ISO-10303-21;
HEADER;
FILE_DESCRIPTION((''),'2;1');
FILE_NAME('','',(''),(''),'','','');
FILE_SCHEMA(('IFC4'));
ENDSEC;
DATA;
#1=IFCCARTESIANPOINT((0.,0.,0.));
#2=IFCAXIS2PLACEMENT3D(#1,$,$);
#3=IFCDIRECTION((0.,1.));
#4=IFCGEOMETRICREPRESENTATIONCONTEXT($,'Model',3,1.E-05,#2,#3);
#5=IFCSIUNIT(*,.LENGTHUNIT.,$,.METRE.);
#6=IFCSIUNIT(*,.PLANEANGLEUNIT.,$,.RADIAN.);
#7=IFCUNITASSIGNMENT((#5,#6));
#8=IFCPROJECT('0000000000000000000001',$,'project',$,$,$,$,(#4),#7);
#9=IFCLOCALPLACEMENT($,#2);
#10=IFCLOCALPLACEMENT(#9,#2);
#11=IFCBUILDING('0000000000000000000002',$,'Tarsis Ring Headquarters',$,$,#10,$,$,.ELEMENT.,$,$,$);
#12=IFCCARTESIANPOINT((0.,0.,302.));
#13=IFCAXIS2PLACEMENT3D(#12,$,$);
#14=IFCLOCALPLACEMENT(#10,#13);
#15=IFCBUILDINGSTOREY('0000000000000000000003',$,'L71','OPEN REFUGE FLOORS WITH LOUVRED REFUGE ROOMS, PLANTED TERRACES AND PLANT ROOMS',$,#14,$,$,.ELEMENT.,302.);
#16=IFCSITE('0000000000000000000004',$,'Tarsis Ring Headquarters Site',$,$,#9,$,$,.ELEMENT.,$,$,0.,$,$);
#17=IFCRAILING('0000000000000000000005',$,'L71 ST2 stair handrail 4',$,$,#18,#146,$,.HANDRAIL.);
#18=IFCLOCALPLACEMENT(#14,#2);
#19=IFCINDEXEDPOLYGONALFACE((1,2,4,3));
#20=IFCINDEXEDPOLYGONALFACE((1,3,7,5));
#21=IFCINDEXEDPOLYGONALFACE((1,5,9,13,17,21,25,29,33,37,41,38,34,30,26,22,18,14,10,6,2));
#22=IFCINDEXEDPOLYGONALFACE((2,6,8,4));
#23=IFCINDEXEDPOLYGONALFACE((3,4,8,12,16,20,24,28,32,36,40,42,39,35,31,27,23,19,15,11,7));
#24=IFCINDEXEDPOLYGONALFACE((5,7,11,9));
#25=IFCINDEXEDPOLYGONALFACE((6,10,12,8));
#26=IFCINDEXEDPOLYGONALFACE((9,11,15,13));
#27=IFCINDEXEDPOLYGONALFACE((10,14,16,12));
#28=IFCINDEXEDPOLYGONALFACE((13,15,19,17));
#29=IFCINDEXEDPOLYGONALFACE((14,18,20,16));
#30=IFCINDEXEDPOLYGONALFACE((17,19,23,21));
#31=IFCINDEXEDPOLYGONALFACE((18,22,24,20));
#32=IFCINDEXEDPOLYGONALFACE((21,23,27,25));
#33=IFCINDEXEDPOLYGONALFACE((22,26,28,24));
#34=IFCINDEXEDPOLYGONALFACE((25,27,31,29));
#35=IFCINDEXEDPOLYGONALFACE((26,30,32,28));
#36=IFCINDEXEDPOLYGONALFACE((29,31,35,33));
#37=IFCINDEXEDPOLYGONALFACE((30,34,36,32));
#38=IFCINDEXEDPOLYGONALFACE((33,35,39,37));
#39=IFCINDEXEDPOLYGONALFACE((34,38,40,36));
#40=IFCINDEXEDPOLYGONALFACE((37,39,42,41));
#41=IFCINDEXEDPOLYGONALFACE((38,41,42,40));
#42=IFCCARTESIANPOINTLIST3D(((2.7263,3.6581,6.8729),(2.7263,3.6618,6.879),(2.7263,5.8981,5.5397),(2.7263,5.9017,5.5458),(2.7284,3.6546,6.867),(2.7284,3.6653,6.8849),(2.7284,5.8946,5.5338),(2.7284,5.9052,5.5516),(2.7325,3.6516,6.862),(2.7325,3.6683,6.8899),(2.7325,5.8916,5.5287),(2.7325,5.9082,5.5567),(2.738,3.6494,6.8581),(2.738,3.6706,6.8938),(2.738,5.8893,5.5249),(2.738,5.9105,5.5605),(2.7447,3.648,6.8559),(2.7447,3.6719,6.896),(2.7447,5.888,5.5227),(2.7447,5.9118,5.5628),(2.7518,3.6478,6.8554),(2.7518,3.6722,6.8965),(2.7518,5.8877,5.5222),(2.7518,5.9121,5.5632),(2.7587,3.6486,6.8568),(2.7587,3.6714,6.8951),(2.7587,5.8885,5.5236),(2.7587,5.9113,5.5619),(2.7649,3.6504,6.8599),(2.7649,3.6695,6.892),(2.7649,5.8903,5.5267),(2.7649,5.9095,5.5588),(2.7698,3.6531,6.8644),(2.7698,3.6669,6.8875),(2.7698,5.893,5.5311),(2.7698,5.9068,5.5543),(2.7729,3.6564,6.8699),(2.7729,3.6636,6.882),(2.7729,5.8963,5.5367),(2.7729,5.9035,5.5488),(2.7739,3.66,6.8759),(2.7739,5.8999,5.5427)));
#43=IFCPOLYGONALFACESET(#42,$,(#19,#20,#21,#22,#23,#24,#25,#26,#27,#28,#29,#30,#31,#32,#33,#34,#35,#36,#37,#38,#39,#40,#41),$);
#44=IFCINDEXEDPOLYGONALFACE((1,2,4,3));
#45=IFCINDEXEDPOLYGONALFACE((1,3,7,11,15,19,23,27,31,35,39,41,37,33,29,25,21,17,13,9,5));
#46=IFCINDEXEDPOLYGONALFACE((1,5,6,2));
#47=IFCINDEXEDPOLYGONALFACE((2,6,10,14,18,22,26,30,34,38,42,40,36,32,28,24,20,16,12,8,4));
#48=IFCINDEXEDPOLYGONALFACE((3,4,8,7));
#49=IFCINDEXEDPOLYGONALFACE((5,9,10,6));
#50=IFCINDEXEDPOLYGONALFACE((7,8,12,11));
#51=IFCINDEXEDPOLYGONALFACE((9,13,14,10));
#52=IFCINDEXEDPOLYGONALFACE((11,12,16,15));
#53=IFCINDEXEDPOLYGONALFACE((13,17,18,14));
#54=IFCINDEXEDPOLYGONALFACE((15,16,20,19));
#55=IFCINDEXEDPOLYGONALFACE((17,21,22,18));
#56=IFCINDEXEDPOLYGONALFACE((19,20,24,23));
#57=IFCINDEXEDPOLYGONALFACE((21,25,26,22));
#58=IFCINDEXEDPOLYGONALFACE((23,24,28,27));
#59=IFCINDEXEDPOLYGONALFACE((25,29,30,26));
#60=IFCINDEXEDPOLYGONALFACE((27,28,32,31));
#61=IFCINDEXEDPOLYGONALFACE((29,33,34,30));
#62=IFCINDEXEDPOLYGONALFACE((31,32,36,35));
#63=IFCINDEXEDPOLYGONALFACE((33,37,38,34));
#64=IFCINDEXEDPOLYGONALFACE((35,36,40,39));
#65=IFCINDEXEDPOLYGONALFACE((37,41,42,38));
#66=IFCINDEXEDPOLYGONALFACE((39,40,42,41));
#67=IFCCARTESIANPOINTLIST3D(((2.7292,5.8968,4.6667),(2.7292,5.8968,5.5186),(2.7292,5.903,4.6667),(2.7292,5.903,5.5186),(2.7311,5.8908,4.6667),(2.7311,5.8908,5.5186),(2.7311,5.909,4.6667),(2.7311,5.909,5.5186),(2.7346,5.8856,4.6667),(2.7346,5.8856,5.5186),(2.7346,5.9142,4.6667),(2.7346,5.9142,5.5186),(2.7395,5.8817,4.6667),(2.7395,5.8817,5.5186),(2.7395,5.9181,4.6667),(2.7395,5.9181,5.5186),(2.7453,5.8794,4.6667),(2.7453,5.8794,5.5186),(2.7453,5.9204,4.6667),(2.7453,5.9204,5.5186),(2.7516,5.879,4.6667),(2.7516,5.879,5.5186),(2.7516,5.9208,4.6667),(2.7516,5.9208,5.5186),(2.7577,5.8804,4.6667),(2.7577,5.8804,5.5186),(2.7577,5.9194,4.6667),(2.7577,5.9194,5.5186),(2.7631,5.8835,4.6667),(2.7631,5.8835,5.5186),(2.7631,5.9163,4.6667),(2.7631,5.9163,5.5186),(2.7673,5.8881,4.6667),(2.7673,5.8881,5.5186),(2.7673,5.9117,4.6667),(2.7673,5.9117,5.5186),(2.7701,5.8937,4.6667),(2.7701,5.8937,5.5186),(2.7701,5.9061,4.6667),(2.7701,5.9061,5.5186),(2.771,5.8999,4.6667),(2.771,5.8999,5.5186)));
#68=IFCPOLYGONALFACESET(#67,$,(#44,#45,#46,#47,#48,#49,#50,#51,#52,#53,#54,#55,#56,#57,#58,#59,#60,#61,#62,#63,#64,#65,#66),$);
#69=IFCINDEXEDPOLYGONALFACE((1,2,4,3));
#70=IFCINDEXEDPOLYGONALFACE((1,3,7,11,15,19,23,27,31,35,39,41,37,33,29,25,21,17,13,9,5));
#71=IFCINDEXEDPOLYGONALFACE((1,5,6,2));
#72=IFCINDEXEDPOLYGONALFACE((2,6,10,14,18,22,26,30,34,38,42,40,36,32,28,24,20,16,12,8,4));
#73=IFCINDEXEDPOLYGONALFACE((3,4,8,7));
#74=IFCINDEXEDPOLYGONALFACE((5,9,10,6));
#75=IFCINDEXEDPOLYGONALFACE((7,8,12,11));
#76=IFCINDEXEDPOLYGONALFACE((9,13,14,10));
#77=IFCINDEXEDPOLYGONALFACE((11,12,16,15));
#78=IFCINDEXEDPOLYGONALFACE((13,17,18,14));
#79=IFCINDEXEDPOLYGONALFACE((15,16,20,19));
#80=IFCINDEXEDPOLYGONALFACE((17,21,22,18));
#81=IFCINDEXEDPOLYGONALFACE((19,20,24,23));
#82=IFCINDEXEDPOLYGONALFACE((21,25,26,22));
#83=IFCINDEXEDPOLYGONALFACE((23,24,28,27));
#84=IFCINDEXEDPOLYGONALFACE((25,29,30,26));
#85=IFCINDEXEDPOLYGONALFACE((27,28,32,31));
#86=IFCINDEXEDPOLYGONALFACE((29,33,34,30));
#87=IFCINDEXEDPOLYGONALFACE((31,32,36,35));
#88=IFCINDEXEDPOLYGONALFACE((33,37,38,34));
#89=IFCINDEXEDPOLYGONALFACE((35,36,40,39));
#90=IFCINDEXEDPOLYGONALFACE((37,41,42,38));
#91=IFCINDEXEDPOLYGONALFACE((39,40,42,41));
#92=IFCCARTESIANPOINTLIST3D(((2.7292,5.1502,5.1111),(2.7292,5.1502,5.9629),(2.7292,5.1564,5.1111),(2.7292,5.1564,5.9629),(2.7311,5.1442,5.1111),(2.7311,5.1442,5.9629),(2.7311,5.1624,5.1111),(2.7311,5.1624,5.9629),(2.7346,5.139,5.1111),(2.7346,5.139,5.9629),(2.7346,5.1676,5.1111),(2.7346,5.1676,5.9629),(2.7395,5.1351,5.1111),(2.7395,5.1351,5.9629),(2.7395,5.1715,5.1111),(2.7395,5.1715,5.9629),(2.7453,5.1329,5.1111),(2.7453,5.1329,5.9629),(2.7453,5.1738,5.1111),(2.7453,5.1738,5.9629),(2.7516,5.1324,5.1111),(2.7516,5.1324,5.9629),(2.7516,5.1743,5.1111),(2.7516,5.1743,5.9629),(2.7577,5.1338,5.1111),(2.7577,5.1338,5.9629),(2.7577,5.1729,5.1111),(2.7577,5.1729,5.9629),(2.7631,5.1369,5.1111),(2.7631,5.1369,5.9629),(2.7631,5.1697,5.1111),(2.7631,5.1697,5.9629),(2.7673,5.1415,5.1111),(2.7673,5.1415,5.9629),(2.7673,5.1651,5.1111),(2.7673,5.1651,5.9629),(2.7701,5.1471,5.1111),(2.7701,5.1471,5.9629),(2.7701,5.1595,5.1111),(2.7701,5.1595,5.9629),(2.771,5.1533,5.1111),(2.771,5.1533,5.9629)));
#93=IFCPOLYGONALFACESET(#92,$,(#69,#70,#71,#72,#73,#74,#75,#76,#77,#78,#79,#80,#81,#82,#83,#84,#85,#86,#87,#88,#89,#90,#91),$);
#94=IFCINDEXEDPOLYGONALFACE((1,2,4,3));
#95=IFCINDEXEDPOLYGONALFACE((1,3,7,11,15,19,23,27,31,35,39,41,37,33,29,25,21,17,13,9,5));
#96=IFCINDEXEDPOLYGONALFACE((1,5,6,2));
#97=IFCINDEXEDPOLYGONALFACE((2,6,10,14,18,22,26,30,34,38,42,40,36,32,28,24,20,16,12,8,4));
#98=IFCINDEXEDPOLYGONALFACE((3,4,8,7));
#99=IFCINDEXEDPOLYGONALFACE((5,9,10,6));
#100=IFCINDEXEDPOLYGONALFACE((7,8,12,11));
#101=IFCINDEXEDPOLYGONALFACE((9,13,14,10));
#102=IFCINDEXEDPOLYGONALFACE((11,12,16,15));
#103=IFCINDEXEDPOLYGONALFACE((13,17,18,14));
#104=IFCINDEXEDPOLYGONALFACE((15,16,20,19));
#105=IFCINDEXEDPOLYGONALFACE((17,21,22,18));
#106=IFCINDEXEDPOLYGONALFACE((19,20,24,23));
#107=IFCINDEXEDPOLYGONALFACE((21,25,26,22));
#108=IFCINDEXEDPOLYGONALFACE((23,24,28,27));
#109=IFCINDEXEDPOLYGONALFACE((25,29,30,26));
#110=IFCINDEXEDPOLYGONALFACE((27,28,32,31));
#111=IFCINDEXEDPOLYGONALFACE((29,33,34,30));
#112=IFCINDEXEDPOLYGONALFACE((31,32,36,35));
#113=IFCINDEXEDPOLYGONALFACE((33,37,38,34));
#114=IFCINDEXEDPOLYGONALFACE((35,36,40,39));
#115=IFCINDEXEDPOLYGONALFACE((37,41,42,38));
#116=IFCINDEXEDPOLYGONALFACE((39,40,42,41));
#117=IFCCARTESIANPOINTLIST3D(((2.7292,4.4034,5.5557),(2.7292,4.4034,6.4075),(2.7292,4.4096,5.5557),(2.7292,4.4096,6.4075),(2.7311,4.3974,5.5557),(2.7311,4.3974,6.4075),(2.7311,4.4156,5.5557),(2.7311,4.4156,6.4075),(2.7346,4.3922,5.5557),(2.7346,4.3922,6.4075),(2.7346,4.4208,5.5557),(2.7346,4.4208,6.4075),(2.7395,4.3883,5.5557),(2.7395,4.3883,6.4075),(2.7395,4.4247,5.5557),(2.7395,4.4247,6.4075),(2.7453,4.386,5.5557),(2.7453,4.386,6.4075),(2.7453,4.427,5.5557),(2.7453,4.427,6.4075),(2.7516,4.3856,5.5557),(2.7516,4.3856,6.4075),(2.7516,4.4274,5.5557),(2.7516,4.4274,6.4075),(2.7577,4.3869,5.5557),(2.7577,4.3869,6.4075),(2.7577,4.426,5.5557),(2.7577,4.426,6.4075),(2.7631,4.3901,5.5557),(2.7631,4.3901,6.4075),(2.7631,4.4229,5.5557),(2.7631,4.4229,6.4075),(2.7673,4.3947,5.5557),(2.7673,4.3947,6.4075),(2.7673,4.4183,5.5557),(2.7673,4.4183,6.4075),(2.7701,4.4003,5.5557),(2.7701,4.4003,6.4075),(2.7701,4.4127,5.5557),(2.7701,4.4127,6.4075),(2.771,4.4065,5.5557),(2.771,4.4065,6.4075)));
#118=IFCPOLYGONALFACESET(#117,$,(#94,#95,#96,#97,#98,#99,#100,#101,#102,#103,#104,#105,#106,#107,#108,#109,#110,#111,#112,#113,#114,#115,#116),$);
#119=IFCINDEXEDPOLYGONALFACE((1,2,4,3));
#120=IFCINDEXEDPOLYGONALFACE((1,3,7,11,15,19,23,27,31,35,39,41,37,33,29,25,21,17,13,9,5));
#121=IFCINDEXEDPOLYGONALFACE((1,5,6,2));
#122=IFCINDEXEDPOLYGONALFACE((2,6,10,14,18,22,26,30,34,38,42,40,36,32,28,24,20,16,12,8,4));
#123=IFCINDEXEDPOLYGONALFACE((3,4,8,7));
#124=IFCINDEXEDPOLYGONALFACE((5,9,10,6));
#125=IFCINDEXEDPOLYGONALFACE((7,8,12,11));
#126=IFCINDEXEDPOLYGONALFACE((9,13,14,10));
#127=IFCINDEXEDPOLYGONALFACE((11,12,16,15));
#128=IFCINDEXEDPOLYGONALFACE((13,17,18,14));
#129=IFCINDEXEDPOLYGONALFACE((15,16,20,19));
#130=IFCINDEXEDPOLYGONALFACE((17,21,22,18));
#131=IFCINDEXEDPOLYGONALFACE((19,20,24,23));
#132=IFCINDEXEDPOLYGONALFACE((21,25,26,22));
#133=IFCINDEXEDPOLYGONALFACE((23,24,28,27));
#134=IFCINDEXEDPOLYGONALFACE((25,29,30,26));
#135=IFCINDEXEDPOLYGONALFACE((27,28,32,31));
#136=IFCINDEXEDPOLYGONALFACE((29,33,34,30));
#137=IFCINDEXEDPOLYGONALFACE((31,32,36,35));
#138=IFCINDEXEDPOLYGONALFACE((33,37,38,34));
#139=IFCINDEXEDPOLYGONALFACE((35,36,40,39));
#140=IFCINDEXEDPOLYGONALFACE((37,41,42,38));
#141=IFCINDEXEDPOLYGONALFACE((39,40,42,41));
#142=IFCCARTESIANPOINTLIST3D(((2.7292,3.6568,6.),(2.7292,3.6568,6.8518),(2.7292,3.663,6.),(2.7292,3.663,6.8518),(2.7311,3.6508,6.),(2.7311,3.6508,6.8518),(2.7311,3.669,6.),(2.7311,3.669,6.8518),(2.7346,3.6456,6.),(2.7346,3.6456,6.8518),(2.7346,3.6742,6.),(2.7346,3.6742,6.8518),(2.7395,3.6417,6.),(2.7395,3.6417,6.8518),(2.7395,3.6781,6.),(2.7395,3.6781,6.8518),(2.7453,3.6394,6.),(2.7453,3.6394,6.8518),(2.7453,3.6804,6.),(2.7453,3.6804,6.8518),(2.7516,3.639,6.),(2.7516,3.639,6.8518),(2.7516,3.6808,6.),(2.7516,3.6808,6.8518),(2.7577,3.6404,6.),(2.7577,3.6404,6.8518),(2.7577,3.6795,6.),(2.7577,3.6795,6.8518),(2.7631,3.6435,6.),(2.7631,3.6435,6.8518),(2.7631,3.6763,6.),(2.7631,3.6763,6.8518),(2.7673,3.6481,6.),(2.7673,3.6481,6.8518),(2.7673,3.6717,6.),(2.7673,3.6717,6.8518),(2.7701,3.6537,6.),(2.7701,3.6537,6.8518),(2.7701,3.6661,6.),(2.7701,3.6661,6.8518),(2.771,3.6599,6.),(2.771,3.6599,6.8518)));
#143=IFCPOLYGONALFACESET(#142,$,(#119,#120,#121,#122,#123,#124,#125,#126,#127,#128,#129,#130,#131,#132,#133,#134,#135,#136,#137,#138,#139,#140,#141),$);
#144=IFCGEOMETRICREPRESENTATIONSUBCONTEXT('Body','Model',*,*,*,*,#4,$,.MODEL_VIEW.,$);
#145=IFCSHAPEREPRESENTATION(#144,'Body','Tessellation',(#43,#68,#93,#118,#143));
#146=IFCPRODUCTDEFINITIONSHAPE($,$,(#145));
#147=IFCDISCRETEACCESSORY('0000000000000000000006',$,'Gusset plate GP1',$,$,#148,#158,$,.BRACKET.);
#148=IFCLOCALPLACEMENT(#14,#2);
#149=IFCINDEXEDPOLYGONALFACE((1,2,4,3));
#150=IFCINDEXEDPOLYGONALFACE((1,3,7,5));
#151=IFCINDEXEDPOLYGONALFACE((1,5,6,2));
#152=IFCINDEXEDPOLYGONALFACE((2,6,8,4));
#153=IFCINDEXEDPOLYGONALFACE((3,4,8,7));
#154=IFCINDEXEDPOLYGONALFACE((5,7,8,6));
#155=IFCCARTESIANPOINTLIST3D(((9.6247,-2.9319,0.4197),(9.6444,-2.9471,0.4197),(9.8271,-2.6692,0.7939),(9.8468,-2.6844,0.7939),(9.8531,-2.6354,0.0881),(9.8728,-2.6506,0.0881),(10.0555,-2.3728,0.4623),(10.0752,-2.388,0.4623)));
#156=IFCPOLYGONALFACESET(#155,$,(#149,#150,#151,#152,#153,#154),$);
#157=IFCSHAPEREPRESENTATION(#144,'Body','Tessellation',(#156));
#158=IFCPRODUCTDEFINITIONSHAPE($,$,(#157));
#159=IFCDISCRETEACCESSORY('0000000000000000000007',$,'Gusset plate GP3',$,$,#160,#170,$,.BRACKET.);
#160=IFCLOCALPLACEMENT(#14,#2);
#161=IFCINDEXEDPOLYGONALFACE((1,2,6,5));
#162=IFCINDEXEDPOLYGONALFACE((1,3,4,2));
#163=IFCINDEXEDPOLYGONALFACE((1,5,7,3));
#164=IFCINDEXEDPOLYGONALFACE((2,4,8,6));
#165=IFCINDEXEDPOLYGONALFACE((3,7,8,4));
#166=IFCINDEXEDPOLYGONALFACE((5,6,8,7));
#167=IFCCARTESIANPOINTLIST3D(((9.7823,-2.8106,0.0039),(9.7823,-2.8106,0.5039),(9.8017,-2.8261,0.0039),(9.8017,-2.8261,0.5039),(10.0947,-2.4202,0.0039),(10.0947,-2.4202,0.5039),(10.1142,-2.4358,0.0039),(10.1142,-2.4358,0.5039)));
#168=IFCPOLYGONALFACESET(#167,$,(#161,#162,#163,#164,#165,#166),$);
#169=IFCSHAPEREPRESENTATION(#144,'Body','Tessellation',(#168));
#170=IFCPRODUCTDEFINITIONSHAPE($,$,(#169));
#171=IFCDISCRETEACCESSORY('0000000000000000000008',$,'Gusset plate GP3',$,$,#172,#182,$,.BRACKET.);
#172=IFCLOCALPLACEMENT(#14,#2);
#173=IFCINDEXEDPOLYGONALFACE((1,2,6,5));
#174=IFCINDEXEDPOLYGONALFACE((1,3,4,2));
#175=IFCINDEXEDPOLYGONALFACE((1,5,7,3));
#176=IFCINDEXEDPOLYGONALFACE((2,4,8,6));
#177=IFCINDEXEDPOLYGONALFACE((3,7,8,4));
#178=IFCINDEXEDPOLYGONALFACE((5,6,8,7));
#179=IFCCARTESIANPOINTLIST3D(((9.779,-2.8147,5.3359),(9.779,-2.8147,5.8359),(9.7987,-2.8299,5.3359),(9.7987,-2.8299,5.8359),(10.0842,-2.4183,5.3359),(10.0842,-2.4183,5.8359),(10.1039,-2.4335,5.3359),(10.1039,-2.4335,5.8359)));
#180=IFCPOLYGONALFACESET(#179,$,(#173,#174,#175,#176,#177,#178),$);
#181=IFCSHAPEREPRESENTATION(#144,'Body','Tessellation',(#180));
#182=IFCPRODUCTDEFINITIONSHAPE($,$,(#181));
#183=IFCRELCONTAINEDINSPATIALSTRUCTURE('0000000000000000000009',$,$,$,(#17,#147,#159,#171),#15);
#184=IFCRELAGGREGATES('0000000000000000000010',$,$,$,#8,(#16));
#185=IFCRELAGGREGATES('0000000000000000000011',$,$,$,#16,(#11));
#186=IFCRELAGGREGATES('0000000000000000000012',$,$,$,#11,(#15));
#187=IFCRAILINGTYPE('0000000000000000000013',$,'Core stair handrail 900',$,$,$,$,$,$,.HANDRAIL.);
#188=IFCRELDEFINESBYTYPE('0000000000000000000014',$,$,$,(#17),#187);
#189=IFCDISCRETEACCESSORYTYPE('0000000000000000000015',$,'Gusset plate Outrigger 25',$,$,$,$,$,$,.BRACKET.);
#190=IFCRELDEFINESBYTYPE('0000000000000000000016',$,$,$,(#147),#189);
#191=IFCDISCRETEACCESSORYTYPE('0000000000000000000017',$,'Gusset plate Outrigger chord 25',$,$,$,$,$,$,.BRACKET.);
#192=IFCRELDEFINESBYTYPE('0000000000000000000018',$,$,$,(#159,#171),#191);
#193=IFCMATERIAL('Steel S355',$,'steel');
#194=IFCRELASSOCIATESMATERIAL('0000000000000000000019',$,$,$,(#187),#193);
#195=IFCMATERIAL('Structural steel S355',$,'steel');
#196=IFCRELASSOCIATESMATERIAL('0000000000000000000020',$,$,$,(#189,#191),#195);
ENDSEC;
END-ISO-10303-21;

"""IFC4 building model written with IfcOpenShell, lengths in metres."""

from ifc_helpers import new_model, si_unit, direction, frame, origin, origin_2d, place, context, subcontext, project, spatial, rectangle, circle, extrude, material, material_profile, profile_set, type_object, element, save


model = new_model("IFC4")

# Units and contexts
model_context = context("Model", 3, precision=1e-05, world=origin(), true_north=direction((0.0, 1.0)))
body_context = subcontext(model_context, "Body", "Model", "MODEL_VIEW")
ifc_project = project(units=[si_unit("LENGTHUNIT", "METRE"), si_unit("PLANEANGLEUNIT", "RADIAN")], contexts=[model_context])

# Site, building, storey
site_placement = place(None, origin())
site = spatial("IfcSite", under=ifc_project, at=site_placement, Name="Tarsis Ring Headquarters Site", CompositionType="ELEMENT", RefElevation=0.0)
building_placement = place(site_placement, origin())
building = spatial("IfcBuilding", under=site, at=building_placement, Name="Tarsis Ring Headquarters", CompositionType="ELEMENT")
storey_placement = place(building_placement, frame((0.0, 0.0, 302.0)))
storey = spatial("IfcBuildingStorey", under=building, at=storey_placement, Name="L71", Description="OPEN REFUGE FLOORS WITH LOUVRED REFUGE ROOMS, PLANTED TERRACES AND PLANT ROOMS", CompositionType="ELEMENT", Elevation=302.0)

# Shared definitions
ifc_material_1 = material(Name="Structural steel S355", Category="steel")

# Railing
ifc_material_2 = material(Name="Steel S355", Category="steel")
railing_type_1 = type_object("IfcRailingType", Name="Core stair handrail 900", PredefinedType="HANDRAIL", material=ifc_material_2)
railing_1_placement = place(storey_placement, frame((2.75, 5.8999, 4.6667)))
element("IfcRailing", 1, at=railing_1_placement, inside=storey, type_object=railing_type_1, Name="L71 ST2 stair handrail 4", PredefinedType="HANDRAIL", context=body_context, shape_type="SweptSolid", body=[
    extrude(circle(Radius=0.0239, at=origin_2d()), frame((0.0, 0.0, 0.876), z_axis=(0.0, -0.859306, 0.511462), x_axis=(1.0, 0.0, 0.0)), (0.0, 0.0, 1.0), 2.6067),
    extrude(circle(Radius=0.021, at=origin_2d()), origin(), (0.0, 0.0, 1.0), 0.8518),
    extrude(circle(Radius=0.021, at=origin_2d()), frame((0.0, -0.7466, 0.4443)), (0.0, 0.0, 1.0), 0.8518),
    extrude(circle(Radius=0.021, at=origin_2d()), frame((0.0, -1.4934, 0.8889)), (0.0, 0.0, 1.0), 0.8518),
    extrude(circle(Radius=0.021, at=origin_2d()), frame((0.0, -2.24, 1.3333)), (0.0, 0.0, 1.0), 0.8518),
])

# Discrete accessories
ifc_material_profile_1 = material_profile(ifc_material_1, rectangle(XDim=0.0249, YDim=0.5, at=origin_2d()), Name="PL 25x500")
ifc_profile_set_1 = profile_set([ifc_material_profile_1], Name="Structural steel S355")
discrete_accessory_type_1 = type_object("IfcDiscreteAccessoryType", Name="Gusset plate Outrigger 25", PredefinedType="BRACKET", material=ifc_profile_set_1)
discrete_accessory_1_placement = place(storey_placement, frame((9.7488, -2.7913, 0.2539), z_axis=(0.404746, 0.52534, 0.748464), x_axis=(-0.792158, 0.610315, 0.0)))
element("IfcDiscreteAccessory", 2, at=discrete_accessory_1_placement, inside=storey, type_object=discrete_accessory_type_1, Name="Gusset plate GP1", PredefinedType="BRACKET", context=body_context, shape_type="SweptSolid", body=[
    extrude(rectangle(XDim=0.0249, YDim=0.5, at=origin_2d()), origin(), (0.0, 0.0, 1.0), 0.5),
])
discrete_accessory_type_2 = type_object("IfcDiscreteAccessoryType", Name="Gusset plate Outrigger chord 25", PredefinedType="BRACKET", material=ifc_profile_set_1)
discrete_accessory_2_placement = place(storey_placement, frame((9.792, -2.8184, 0.2539), z_axis=(0.624933, 0.780678, 0.0), x_axis=(-0.780678, 0.624933, 0.0)))
element("IfcDiscreteAccessory", 3, at=discrete_accessory_2_placement, inside=storey, type_object=discrete_accessory_type_2, Name="Gusset plate GP3", PredefinedType="BRACKET", context=body_context, shape_type="SweptSolid", body=[
    extrude(rectangle(XDim=0.0249, YDim=0.5, at=origin_2d()), origin(), (0.0, 0.0, 1.0), 0.5),
])
discrete_accessory_3_placement = place(storey_placement, frame((9.7888, -2.8223, 5.5859), z_axis=(0.610182, 0.792261, 0.0), x_axis=(-0.792261, 0.610182, 0.0)))
element("IfcDiscreteAccessory", 4, at=discrete_accessory_3_placement, inside=storey, type_object=discrete_accessory_type_2, Name="Gusset plate GP3", PredefinedType="BRACKET", context=body_context, shape_type="SweptSolid", body=[
    extrude(rectangle(XDim=0.0249, YDim=0.5, at=origin_2d()), origin(), (0.0, 0.0, 1.0), 0.5002),
])

save(model, "model.ifc")
